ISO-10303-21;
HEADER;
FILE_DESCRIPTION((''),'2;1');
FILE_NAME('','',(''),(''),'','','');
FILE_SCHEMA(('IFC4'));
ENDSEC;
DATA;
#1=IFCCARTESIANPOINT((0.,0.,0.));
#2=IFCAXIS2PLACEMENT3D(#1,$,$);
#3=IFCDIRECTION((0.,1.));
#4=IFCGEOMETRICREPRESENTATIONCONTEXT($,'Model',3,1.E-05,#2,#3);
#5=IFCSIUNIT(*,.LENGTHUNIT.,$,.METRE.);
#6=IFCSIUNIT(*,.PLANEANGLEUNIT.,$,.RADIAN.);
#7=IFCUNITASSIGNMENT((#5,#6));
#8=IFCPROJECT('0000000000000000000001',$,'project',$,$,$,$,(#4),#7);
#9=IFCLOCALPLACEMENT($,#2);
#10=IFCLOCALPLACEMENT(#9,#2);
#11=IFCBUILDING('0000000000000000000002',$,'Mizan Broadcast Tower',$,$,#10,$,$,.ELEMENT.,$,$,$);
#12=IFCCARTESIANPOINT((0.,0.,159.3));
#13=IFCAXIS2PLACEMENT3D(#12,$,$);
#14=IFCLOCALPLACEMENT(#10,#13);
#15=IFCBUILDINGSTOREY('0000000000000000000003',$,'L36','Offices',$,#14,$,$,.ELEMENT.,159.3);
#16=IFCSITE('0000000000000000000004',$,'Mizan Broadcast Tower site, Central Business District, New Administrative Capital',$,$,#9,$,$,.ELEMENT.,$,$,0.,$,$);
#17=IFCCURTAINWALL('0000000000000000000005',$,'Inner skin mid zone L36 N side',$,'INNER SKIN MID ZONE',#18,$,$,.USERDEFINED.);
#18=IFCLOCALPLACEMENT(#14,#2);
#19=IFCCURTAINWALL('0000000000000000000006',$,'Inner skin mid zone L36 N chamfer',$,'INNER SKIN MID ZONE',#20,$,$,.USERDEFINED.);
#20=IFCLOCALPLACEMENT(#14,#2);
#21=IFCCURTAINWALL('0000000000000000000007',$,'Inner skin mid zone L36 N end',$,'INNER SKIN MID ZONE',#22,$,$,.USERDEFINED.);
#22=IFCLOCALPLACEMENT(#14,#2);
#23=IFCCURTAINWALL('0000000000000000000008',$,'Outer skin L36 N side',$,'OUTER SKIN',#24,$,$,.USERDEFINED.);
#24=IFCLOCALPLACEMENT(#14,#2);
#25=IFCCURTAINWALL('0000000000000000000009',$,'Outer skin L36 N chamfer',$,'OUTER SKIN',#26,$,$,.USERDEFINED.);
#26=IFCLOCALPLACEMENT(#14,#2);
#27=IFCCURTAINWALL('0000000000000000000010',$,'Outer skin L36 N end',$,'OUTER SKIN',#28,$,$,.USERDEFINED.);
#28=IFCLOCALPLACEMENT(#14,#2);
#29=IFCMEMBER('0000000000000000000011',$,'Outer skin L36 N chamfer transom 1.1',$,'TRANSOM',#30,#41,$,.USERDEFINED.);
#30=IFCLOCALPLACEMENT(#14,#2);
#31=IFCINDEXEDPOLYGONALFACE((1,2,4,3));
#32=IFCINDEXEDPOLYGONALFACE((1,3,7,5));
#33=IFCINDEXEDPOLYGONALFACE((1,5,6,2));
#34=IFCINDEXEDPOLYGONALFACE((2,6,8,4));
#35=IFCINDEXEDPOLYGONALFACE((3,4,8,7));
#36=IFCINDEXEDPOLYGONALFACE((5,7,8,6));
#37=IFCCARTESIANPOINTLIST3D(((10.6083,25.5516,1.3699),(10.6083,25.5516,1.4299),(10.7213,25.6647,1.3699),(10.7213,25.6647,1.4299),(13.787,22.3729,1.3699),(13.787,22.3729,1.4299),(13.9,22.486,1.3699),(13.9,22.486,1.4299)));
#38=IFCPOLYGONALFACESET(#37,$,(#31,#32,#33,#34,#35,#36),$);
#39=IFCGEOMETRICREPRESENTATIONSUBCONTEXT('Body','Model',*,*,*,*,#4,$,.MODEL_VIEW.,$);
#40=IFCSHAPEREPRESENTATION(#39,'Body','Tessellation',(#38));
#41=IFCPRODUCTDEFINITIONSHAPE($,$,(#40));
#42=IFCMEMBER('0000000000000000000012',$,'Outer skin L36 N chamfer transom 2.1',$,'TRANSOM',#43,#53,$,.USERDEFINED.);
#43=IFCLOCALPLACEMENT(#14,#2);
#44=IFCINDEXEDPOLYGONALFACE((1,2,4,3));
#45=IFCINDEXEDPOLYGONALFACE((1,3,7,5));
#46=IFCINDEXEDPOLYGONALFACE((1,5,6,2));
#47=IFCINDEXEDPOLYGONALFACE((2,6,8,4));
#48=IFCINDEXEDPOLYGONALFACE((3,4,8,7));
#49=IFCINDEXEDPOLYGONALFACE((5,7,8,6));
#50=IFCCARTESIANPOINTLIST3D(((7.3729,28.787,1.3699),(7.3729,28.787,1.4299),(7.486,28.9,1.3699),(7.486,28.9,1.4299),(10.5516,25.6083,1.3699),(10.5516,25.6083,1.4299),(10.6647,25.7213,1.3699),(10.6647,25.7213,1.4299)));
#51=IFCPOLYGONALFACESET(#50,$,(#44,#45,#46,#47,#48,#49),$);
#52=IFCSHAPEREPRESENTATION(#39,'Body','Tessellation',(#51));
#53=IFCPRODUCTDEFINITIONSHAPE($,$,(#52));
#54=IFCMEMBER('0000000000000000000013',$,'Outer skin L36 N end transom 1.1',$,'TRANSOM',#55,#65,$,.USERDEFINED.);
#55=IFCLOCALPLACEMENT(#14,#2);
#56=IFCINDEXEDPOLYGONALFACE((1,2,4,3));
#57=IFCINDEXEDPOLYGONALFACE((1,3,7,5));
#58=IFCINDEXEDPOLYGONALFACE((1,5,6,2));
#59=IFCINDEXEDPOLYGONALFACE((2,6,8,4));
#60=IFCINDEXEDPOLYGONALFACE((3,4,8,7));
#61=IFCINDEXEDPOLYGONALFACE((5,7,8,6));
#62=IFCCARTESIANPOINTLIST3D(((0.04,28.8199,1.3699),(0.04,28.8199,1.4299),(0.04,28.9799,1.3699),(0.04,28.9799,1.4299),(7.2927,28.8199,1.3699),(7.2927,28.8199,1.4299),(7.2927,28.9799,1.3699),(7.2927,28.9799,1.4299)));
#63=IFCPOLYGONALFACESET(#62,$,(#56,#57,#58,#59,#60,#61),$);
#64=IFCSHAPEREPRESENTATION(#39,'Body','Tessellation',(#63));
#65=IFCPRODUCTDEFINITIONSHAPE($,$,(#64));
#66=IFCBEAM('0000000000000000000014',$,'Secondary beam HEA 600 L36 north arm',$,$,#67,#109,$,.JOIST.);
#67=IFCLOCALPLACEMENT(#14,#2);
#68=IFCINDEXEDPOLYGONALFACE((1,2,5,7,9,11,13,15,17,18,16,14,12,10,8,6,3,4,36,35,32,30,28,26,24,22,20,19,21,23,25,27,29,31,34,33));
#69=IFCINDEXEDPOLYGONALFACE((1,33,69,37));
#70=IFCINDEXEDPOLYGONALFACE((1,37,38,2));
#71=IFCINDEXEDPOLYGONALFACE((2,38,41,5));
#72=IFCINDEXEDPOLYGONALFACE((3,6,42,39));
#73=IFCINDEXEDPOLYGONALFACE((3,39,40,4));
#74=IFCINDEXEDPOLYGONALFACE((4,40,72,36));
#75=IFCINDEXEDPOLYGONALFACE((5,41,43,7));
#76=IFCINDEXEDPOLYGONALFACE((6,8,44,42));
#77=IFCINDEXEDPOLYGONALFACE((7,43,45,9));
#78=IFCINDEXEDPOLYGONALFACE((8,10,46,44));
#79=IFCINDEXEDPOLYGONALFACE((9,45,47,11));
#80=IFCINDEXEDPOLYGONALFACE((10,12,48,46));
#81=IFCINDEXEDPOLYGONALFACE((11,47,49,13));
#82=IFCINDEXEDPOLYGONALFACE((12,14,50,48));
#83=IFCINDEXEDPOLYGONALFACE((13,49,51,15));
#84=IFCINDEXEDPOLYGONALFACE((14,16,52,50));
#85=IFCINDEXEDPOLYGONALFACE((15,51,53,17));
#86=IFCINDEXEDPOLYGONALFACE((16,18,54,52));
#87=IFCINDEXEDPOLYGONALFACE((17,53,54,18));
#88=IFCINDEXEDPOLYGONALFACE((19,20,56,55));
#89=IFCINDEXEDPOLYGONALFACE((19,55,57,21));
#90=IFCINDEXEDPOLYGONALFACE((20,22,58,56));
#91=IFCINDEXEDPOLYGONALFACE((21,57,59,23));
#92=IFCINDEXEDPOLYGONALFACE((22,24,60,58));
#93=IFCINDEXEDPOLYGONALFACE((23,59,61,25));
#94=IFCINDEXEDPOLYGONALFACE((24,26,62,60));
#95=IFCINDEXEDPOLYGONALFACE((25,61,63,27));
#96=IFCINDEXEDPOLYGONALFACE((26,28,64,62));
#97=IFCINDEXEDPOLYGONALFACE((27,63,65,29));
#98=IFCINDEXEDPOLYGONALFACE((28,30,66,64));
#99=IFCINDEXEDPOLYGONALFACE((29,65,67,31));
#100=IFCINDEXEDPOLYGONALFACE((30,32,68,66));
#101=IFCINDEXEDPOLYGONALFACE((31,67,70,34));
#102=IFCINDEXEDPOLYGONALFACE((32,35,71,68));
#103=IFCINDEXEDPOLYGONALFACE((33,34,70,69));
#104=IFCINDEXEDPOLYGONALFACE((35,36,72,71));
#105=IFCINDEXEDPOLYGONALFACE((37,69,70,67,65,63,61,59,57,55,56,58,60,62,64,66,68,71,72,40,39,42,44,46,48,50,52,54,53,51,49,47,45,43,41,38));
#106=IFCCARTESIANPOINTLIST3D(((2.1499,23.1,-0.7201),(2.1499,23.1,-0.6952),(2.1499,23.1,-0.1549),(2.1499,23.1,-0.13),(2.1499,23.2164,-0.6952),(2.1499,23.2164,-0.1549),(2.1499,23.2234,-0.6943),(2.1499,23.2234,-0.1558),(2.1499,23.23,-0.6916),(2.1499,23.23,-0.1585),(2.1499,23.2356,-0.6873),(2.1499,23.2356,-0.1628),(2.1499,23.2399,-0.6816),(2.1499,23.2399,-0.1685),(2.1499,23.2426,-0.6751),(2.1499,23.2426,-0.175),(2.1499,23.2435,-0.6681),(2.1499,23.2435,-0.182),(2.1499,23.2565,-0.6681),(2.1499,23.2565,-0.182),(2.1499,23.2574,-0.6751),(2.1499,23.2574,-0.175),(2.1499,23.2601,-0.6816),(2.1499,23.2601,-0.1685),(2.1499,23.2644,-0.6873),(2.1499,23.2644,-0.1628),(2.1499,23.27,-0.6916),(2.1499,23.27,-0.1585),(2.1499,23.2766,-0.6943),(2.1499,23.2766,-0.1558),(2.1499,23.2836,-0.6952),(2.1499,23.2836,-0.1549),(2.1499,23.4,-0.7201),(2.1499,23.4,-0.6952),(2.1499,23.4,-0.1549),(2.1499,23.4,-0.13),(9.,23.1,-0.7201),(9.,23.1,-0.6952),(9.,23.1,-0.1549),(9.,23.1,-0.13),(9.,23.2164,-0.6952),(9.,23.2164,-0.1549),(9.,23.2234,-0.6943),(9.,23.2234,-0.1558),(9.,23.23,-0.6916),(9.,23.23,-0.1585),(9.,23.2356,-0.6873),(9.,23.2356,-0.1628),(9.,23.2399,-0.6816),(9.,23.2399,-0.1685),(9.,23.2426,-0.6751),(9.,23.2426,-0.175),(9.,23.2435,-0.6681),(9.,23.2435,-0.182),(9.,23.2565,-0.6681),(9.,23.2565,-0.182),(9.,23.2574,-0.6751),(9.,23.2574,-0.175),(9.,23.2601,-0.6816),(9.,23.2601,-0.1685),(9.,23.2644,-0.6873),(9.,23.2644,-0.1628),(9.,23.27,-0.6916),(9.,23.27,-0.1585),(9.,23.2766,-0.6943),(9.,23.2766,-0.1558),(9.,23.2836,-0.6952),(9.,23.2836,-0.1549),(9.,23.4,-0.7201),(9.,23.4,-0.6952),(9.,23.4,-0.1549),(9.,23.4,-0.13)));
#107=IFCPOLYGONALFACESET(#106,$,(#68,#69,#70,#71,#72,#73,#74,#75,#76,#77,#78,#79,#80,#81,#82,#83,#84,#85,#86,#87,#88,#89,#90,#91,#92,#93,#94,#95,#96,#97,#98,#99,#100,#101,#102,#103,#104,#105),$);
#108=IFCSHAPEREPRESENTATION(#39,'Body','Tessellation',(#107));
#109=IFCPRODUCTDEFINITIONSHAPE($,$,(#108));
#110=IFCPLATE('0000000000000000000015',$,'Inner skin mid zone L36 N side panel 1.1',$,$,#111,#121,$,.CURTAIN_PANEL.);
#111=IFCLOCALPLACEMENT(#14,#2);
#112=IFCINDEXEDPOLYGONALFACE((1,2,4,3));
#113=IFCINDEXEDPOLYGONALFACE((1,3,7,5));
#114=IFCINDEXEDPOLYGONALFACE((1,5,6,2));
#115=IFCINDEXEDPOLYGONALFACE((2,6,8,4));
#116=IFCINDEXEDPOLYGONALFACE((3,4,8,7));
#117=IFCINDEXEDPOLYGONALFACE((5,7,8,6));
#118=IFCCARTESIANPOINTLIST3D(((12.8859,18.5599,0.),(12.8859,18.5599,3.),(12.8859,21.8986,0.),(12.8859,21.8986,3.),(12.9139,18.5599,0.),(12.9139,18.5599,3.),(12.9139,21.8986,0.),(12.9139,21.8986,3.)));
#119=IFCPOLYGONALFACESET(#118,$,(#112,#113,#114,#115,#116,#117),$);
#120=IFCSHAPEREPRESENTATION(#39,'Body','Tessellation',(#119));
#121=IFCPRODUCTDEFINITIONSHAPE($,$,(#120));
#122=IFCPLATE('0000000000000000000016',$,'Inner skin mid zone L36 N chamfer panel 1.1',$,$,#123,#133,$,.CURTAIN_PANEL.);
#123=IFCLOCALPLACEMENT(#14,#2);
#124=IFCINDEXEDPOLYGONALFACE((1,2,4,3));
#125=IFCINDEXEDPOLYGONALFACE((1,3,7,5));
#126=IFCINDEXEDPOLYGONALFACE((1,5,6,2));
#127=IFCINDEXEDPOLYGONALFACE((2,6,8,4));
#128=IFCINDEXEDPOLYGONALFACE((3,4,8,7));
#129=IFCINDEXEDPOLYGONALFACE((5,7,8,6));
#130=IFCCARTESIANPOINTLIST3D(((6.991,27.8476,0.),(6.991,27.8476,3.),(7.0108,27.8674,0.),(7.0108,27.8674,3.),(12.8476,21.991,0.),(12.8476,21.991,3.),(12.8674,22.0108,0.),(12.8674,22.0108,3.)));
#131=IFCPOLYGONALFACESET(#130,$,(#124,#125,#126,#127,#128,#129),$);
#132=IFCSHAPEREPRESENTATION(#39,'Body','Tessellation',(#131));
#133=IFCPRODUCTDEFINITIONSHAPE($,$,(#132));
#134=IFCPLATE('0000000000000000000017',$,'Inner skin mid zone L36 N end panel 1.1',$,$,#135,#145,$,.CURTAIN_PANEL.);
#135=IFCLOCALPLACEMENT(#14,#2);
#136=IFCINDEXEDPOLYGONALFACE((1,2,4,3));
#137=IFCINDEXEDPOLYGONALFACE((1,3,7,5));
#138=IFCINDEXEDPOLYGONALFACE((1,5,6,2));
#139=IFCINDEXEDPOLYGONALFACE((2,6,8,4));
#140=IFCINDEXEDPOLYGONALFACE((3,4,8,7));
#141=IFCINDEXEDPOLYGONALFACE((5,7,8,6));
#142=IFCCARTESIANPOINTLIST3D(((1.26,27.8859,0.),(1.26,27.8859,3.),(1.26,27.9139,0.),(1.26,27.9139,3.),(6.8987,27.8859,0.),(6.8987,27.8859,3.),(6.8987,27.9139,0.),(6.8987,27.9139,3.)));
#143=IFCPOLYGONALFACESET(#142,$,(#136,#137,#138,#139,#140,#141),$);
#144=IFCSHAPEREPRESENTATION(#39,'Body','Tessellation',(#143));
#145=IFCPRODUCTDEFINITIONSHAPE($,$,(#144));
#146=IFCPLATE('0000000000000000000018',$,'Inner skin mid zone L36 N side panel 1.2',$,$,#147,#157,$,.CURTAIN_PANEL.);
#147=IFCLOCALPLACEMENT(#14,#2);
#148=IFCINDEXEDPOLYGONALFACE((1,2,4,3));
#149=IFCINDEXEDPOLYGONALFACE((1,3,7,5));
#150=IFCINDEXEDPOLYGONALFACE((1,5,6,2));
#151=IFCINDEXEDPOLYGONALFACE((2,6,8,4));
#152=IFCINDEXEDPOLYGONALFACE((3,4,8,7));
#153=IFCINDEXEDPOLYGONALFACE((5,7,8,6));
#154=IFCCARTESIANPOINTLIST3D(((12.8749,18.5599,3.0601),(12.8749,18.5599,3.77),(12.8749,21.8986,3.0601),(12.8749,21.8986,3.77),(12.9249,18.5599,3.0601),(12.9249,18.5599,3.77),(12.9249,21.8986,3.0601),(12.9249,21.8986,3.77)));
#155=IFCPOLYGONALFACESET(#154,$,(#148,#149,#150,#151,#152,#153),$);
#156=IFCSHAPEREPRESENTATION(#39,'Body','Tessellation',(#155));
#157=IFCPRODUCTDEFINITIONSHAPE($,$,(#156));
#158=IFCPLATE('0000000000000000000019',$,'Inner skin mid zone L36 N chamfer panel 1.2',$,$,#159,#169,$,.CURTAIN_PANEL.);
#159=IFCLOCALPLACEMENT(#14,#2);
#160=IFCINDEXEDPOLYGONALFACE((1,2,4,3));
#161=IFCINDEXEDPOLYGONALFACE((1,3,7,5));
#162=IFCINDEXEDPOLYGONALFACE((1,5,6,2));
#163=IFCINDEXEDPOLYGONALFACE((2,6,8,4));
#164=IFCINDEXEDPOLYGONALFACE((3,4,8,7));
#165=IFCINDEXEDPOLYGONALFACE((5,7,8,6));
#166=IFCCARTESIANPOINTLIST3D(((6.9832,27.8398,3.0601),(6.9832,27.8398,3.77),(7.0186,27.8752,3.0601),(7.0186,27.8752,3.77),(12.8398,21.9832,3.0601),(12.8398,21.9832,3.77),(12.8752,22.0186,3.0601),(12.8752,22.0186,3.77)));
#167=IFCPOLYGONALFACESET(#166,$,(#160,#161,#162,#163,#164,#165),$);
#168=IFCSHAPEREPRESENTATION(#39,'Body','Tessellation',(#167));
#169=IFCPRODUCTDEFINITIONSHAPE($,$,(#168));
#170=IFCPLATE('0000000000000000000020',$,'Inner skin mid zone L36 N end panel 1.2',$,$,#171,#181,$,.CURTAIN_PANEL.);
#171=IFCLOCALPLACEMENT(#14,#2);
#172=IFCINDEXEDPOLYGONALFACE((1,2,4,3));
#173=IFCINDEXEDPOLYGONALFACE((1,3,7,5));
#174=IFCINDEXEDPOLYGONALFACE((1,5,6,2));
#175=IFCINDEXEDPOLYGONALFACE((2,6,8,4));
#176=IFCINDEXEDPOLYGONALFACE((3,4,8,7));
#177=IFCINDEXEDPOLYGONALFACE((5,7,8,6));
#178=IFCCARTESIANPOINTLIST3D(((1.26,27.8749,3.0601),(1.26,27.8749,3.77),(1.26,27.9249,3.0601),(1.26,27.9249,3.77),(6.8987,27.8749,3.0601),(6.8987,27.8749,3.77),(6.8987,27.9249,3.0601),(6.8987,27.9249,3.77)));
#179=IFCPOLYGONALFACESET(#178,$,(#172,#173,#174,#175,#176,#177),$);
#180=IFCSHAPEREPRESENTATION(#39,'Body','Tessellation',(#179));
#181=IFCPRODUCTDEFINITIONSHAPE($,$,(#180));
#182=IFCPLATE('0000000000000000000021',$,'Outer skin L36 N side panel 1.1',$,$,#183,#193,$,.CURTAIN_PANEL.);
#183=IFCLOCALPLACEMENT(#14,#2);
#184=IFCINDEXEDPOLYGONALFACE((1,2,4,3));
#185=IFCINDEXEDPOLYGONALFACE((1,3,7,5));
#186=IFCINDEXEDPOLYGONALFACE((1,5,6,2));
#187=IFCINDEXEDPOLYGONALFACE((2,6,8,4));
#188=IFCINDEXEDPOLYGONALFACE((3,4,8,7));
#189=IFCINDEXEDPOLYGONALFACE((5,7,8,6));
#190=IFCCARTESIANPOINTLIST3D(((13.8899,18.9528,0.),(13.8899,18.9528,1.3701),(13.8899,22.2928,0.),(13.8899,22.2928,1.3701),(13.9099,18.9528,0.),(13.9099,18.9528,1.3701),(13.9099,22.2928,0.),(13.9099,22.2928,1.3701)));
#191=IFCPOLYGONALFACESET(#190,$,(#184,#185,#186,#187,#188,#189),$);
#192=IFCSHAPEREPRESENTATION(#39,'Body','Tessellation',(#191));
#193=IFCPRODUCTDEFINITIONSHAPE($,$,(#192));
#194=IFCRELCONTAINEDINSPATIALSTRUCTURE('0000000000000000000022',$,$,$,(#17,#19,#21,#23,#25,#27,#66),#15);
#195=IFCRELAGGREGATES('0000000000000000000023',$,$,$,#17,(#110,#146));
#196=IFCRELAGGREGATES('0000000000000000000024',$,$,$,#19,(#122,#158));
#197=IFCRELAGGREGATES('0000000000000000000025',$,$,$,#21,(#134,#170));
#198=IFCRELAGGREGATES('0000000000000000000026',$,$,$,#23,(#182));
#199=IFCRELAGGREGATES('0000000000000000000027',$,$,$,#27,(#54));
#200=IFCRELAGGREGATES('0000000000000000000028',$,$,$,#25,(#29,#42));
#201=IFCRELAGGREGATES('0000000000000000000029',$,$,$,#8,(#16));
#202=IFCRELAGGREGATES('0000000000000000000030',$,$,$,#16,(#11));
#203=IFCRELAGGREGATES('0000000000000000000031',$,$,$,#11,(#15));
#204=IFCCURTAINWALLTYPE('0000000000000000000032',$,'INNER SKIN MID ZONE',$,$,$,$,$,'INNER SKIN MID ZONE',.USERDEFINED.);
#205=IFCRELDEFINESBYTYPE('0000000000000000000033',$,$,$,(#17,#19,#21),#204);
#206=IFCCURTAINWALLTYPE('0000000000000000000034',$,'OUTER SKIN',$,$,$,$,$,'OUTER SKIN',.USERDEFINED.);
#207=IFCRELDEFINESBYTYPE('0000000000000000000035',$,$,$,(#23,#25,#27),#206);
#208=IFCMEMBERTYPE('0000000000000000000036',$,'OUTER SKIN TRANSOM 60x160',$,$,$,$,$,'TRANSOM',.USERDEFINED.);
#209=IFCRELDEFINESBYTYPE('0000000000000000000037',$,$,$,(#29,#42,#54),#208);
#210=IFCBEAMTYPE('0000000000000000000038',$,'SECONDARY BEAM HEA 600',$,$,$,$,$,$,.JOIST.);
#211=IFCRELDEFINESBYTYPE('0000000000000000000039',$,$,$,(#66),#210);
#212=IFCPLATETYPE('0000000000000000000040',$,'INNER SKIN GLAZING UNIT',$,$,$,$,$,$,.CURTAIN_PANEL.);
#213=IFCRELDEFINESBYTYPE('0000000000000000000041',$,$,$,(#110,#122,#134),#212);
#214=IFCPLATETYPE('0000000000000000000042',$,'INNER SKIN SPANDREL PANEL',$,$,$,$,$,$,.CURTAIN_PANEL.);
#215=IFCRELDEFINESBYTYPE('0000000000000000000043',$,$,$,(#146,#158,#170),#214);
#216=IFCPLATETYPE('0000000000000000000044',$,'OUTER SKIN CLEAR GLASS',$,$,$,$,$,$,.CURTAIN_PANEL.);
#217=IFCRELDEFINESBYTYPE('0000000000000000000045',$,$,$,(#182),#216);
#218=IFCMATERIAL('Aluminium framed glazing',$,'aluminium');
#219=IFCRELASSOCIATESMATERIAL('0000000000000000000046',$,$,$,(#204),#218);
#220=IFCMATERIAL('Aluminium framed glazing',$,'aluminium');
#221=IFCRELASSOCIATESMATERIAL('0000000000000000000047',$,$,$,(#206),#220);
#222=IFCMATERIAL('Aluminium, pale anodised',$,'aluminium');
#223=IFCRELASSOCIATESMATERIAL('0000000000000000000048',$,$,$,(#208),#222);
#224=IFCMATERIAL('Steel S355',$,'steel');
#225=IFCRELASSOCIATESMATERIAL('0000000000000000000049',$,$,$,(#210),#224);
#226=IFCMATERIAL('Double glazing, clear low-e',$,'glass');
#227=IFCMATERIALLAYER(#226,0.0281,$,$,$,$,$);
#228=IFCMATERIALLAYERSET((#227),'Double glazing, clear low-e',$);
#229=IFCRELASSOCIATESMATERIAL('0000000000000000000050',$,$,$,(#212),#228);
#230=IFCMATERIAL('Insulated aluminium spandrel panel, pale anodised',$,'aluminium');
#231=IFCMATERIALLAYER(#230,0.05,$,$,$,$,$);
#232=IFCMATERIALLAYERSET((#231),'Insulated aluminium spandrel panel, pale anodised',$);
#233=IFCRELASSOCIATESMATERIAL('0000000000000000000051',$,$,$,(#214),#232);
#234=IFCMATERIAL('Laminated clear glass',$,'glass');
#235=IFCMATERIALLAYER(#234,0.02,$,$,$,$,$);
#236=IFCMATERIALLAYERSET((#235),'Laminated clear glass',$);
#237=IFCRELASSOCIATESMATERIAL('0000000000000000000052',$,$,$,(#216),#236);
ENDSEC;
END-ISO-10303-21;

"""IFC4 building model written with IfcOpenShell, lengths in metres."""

from ifc_helpers import new_model, si_unit, direction, frame, origin, origin_2d, place, context, subcontext, project, spatial, rectangle, i_section, extrude, material, layer, layer_set, material_profile, profile_set, type_object, element, aggregate, save


model = new_model("IFC4")

# Units and contexts
model_context = context("Model", 3, precision=1e-05, world=origin(), true_north=direction((0.0, 1.0)))
body_context = subcontext(model_context, "Body", "Model", "MODEL_VIEW")
ifc_project = project(units=[si_unit("LENGTHUNIT", "METRE"), si_unit("PLANEANGLEUNIT", "RADIAN")], contexts=[model_context])

# Site, building, storey
site_placement = place(None, origin())
site = spatial("IfcSite", under=ifc_project, at=site_placement, Name="Mizan Broadcast Tower site, Central Business District, New Administrative Capital", CompositionType="ELEMENT", RefElevation=0.0)
building_placement = place(site_placement, origin())
building = spatial("IfcBuilding", under=site, at=building_placement, Name="Mizan Broadcast Tower", CompositionType="ELEMENT")
storey_placement = place(building_placement, frame((0.0, 0.0, 159.3)))
storey = spatial("IfcBuildingStorey", under=building, at=storey_placement, Name="L36", Description="Offices", CompositionType="ELEMENT", Elevation=159.3)

# Curtain walls
ifc_material_1 = material(Name="Aluminium framed glazing", Category="aluminium")
curtain_wall_type_1 = type_object("IfcCurtainWallType", Name="INNER SKIN MID ZONE", ElementType="INNER SKIN MID ZONE", PredefinedType="USERDEFINED", material=ifc_material_1)
curtain_wall_1_placement = place(storey_placement, origin())
curtain_wall_1 = element("IfcCurtainWall", 1, at=curtain_wall_1_placement, inside=storey, type_object=curtain_wall_type_1, Name="Inner skin mid zone L36 N side", ObjectType="INNER SKIN MID ZONE", PredefinedType="USERDEFINED")
curtain_wall_2_placement = place(storey_placement, origin())
curtain_wall_2 = element("IfcCurtainWall", 2, at=curtain_wall_2_placement, inside=storey, type_object=curtain_wall_type_1, Name="Inner skin mid zone L36 N chamfer", ObjectType="INNER SKIN MID ZONE", PredefinedType="USERDEFINED")
curtain_wall_3_placement = place(storey_placement, origin())
curtain_wall_3 = element("IfcCurtainWall", 3, at=curtain_wall_3_placement, inside=storey, type_object=curtain_wall_type_1, Name="Inner skin mid zone L36 N end", ObjectType="INNER SKIN MID ZONE", PredefinedType="USERDEFINED")

# Curtain wall
ifc_material_2 = material(Name="Aluminium framed glazing", Category="aluminium")
curtain_wall_type_2 = type_object("IfcCurtainWallType", Name="OUTER SKIN", ElementType="OUTER SKIN", PredefinedType="USERDEFINED", material=ifc_material_2)
curtain_wall_4_placement = place(storey_placement, origin())
curtain_wall_4 = element("IfcCurtainWall", 4, at=curtain_wall_4_placement, inside=storey, type_object=curtain_wall_type_2, Name="Outer skin L36 N side", ObjectType="OUTER SKIN", PredefinedType="USERDEFINED")

# Curtain wall
curtain_wall_5_placement = place(storey_placement, origin())
curtain_wall_5 = element("IfcCurtainWall", 5, at=curtain_wall_5_placement, inside=storey, type_object=curtain_wall_type_2, Name="Outer skin L36 N chamfer", ObjectType="OUTER SKIN", PredefinedType="USERDEFINED")

# Curtain wall
curtain_wall_6_placement = place(storey_placement, origin())
curtain_wall_6 = element("IfcCurtainWall", 6, at=curtain_wall_6_placement, inside=storey, type_object=curtain_wall_type_2, Name="Outer skin L36 N end", ObjectType="OUTER SKIN", PredefinedType="USERDEFINED")

# Members
ifc_material_3 = material(Name="Aluminium, pale anodised", Category="aluminium")
ifc_material_profile_1 = material_profile(ifc_material_3, rectangle(XDim=0.1599, YDim=0.0601, at=origin_2d()), Name="TRANSOM 160x60")
ifc_profile_set_1 = profile_set([ifc_material_profile_1], Name="Aluminium, pale anodised")
member_type_1 = type_object("IfcMemberType", Name="OUTER SKIN TRANSOM 60x160", ElementType="TRANSOM", PredefinedType="USERDEFINED", material=ifc_profile_set_1)
member_1_placement = place(storey_placement, frame((13.8435, 22.4294, 1.3999), z_axis=(-0.707107, 0.707107, 0.0), x_axis=(-0.707107, -0.707107, 0.0)))
member_1 = element("IfcMember", 7, at=member_1_placement, type_object=member_type_1, Name="Outer skin L36 N chamfer transom 1.1", ObjectType="TRANSOM", PredefinedType="USERDEFINED", context=body_context, shape_type="SweptSolid", body=[
    extrude(rectangle(XDim=0.1599, YDim=0.0601, at=origin_2d()), origin(), (0.0, 0.0, 1.0), 4.4954),
])
member_2_placement = place(storey_placement, frame((10.6082, 25.6648, 1.3999), z_axis=(-0.707107, 0.707107, 0.0), x_axis=(-0.707107, -0.707107, 0.0)))
member_2 = element("IfcMember", 8, at=member_2_placement, type_object=member_type_1, Name="Outer skin L36 N chamfer transom 2.1", ObjectType="TRANSOM", PredefinedType="USERDEFINED", context=body_context, shape_type="SweptSolid", body=[
    extrude(rectangle(XDim=0.1599, YDim=0.0601, at=origin_2d()), origin(), (0.0, 0.0, 1.0), 4.4954),
])
member_3_placement = place(storey_placement, frame((7.2927, 28.8999, 1.3999), z_axis=(-1.0, 0.0, 0.0), x_axis=(0.0, -1.0, 0.0)))
member_3 = element("IfcMember", 9, at=member_3_placement, type_object=member_type_1, Name="Outer skin L36 N end transom 1.1", ObjectType="TRANSOM", PredefinedType="USERDEFINED", context=body_context, shape_type="SweptSolid", body=[
    extrude(rectangle(XDim=0.1599, YDim=0.0601, at=origin_2d()), origin(), (0.0, 0.0, 1.0), 7.2527),
])

# Beam
ifc_material_4 = material(Name="Steel S355", Category="steel")
ifc_material_profile_2 = material_profile(ifc_material_4, i_section(OverallWidth=0.3, OverallDepth=0.5901, WebThickness=0.0129, FlangeThickness=0.0249, FilletRadius=0.0271, at=origin_2d()), Name="HEA 600")
ifc_profile_set_2 = profile_set([ifc_material_profile_2], Name="Steel S355")
beam_type_1 = type_object("IfcBeamType", Name="SECONDARY BEAM HEA 600", PredefinedType="JOIST", material=ifc_profile_set_2)
beam_1_placement = place(storey_placement, frame((9.0, 23.25, -0.425), z_axis=(-1.0, 0.0, 0.0), x_axis=(0.0, -1.0, 0.0)))
element("IfcBeam", 10, at=beam_1_placement, inside=storey, type_object=beam_type_1, Name="Secondary beam HEA 600 L36 north arm", PredefinedType="JOIST", context=body_context, shape_type="SweptSolid", body=[
    extrude(i_section(OverallWidth=0.3, OverallDepth=0.5901, WebThickness=0.0129, FlangeThickness=0.0249, FilletRadius=0.0271, at=origin_2d()), origin(), (0.0, 0.0, 1.0), 6.8501),
])

# Plates
ifc_material_5 = material(Name="Double glazing, clear low-e", Category="glass")
ifc_layer_1 = layer(ifc_material_5, 0.0281)
ifc_layer_set_1 = layer_set([ifc_layer_1], Name="Double glazing, clear low-e")
plate_type_1 = type_object("IfcPlateType", Name="INNER SKIN GLAZING UNIT", PredefinedType="CURTAIN_PANEL", material=ifc_layer_set_1)
plate_1_placement = place(storey_placement, frame((12.8999, 20.2292, 0.0), z_axis=(0.0, 0.0, 1.0), x_axis=(0.0, 1.0, 0.0)))
plate_1 = element("IfcPlate", 11, at=plate_1_placement, type_object=plate_type_1, Name="Inner skin mid zone L36 N side panel 1.1", PredefinedType="CURTAIN_PANEL", context=body_context, shape_type="SweptSolid", body=[
    extrude(rectangle(XDim=3.3386, YDim=0.0281, at=origin_2d()), origin(), (0.0, 0.0, 1.0), 3.0),
])
plate_2_placement = place(storey_placement, frame((9.9292, 24.9292, 0.0), z_axis=(0.0, 0.0, 1.0), x_axis=(-0.707107, 0.707107, 0.0)))
plate_2 = element("IfcPlate", 12, at=plate_2_placement, type_object=plate_type_1, Name="Inner skin mid zone L36 N chamfer panel 1.1", PredefinedType="CURTAIN_PANEL", context=body_context, shape_type="SweptSolid", body=[
    extrude(rectangle(XDim=8.2825, YDim=0.0281, at=origin_2d()), origin(), (0.0, 0.0, 1.0), 3.0),
])
plate_3_placement = place(storey_placement, frame((4.0793, 27.8999, 0.0), z_axis=(0.0, 0.0, 1.0), x_axis=(-1.0, 0.0, 0.0)))
plate_3 = element("IfcPlate", 13, at=plate_3_placement, type_object=plate_type_1, Name="Inner skin mid zone L36 N end panel 1.1", PredefinedType="CURTAIN_PANEL", context=body_context, shape_type="SweptSolid", body=[
    extrude(rectangle(XDim=5.6387, YDim=0.0281, at=origin_2d()), origin(), (0.0, 0.0, 1.0), 3.0),
])
ifc_material_6 = material(Name="Insulated aluminium spandrel panel, pale anodised", Category="aluminium")
ifc_layer_2 = layer(ifc_material_6, 0.05)
ifc_layer_set_2 = layer_set([ifc_layer_2], Name="Insulated aluminium spandrel panel, pale anodised")
plate_type_2 = type_object("IfcPlateType", Name="INNER SKIN SPANDREL PANEL", PredefinedType="CURTAIN_PANEL", material=ifc_layer_set_2)
plate_4_placement = place(storey_placement, frame((12.8999, 20.2292, 3.0601), z_axis=(0.0, 0.0, 1.0), x_axis=(0.0, 1.0, 0.0)))
plate_4 = element("IfcPlate", 14, at=plate_4_placement, type_object=plate_type_2, Name="Inner skin mid zone L36 N side panel 1.2", PredefinedType="CURTAIN_PANEL", context=body_context, shape_type="SweptSolid", body=[
    extrude(rectangle(XDim=3.3386, YDim=0.05, at=origin_2d()), origin(), (0.0, 0.0, 1.0), 0.71),
])
aggregate(curtain_wall_1, [plate_1, plate_4])
plate_5_placement = place(storey_placement, frame((9.9292, 24.9292, 3.0601), z_axis=(0.0, 0.0, 1.0), x_axis=(-0.707107, 0.707107, 0.0)))
plate_5 = element("IfcPlate", 15, at=plate_5_placement, type_object=plate_type_2, Name="Inner skin mid zone L36 N chamfer panel 1.2", PredefinedType="CURTAIN_PANEL", context=body_context, shape_type="SweptSolid", body=[
    extrude(rectangle(XDim=8.2825, YDim=0.05, at=origin_2d()), origin(), (0.0, 0.0, 1.0), 0.71),
])
aggregate(curtain_wall_2, [plate_2, plate_5])
plate_6_placement = place(storey_placement, frame((4.0793, 27.8999, 3.0601), z_axis=(0.0, 0.0, 1.0), x_axis=(-1.0, 0.0, 0.0)))
plate_6 = element("IfcPlate", 16, at=plate_6_placement, type_object=plate_type_2, Name="Inner skin mid zone L36 N end panel 1.2", PredefinedType="CURTAIN_PANEL", context=body_context, shape_type="SweptSolid", body=[
    extrude(rectangle(XDim=5.6387, YDim=0.05, at=origin_2d()), origin(), (0.0, 0.0, 1.0), 0.71),
])
aggregate(curtain_wall_3, [plate_3, plate_6])
ifc_material_7 = material(Name="Laminated clear glass", Category="glass")
ifc_layer_3 = layer(ifc_material_7, 0.02)
ifc_layer_set_3 = layer_set([ifc_layer_3], Name="Laminated clear glass")
plate_type_3 = type_object("IfcPlateType", Name="OUTER SKIN CLEAR GLASS", PredefinedType="CURTAIN_PANEL", material=ifc_layer_set_3)
plate_7_placement = place(storey_placement, frame((13.8999, 20.6228, 0.0), z_axis=(0.0, 0.0, 1.0), x_axis=(0.0, 1.0, 0.0)))
plate_7 = element("IfcPlate", 17, at=plate_7_placement, type_object=plate_type_3, Name="Outer skin L36 N side panel 1.1", PredefinedType="CURTAIN_PANEL", context=body_context, shape_type="SweptSolid", body=[
    extrude(rectangle(XDim=3.3401, YDim=0.02, at=origin_2d()), origin(), (0.0, 0.0, 1.0), 1.3701),
])
aggregate(curtain_wall_4, [plate_7])
aggregate(curtain_wall_6, [member_3])
aggregate(curtain_wall_5, [member_1, member_2])

save(model, "model.ifc")
